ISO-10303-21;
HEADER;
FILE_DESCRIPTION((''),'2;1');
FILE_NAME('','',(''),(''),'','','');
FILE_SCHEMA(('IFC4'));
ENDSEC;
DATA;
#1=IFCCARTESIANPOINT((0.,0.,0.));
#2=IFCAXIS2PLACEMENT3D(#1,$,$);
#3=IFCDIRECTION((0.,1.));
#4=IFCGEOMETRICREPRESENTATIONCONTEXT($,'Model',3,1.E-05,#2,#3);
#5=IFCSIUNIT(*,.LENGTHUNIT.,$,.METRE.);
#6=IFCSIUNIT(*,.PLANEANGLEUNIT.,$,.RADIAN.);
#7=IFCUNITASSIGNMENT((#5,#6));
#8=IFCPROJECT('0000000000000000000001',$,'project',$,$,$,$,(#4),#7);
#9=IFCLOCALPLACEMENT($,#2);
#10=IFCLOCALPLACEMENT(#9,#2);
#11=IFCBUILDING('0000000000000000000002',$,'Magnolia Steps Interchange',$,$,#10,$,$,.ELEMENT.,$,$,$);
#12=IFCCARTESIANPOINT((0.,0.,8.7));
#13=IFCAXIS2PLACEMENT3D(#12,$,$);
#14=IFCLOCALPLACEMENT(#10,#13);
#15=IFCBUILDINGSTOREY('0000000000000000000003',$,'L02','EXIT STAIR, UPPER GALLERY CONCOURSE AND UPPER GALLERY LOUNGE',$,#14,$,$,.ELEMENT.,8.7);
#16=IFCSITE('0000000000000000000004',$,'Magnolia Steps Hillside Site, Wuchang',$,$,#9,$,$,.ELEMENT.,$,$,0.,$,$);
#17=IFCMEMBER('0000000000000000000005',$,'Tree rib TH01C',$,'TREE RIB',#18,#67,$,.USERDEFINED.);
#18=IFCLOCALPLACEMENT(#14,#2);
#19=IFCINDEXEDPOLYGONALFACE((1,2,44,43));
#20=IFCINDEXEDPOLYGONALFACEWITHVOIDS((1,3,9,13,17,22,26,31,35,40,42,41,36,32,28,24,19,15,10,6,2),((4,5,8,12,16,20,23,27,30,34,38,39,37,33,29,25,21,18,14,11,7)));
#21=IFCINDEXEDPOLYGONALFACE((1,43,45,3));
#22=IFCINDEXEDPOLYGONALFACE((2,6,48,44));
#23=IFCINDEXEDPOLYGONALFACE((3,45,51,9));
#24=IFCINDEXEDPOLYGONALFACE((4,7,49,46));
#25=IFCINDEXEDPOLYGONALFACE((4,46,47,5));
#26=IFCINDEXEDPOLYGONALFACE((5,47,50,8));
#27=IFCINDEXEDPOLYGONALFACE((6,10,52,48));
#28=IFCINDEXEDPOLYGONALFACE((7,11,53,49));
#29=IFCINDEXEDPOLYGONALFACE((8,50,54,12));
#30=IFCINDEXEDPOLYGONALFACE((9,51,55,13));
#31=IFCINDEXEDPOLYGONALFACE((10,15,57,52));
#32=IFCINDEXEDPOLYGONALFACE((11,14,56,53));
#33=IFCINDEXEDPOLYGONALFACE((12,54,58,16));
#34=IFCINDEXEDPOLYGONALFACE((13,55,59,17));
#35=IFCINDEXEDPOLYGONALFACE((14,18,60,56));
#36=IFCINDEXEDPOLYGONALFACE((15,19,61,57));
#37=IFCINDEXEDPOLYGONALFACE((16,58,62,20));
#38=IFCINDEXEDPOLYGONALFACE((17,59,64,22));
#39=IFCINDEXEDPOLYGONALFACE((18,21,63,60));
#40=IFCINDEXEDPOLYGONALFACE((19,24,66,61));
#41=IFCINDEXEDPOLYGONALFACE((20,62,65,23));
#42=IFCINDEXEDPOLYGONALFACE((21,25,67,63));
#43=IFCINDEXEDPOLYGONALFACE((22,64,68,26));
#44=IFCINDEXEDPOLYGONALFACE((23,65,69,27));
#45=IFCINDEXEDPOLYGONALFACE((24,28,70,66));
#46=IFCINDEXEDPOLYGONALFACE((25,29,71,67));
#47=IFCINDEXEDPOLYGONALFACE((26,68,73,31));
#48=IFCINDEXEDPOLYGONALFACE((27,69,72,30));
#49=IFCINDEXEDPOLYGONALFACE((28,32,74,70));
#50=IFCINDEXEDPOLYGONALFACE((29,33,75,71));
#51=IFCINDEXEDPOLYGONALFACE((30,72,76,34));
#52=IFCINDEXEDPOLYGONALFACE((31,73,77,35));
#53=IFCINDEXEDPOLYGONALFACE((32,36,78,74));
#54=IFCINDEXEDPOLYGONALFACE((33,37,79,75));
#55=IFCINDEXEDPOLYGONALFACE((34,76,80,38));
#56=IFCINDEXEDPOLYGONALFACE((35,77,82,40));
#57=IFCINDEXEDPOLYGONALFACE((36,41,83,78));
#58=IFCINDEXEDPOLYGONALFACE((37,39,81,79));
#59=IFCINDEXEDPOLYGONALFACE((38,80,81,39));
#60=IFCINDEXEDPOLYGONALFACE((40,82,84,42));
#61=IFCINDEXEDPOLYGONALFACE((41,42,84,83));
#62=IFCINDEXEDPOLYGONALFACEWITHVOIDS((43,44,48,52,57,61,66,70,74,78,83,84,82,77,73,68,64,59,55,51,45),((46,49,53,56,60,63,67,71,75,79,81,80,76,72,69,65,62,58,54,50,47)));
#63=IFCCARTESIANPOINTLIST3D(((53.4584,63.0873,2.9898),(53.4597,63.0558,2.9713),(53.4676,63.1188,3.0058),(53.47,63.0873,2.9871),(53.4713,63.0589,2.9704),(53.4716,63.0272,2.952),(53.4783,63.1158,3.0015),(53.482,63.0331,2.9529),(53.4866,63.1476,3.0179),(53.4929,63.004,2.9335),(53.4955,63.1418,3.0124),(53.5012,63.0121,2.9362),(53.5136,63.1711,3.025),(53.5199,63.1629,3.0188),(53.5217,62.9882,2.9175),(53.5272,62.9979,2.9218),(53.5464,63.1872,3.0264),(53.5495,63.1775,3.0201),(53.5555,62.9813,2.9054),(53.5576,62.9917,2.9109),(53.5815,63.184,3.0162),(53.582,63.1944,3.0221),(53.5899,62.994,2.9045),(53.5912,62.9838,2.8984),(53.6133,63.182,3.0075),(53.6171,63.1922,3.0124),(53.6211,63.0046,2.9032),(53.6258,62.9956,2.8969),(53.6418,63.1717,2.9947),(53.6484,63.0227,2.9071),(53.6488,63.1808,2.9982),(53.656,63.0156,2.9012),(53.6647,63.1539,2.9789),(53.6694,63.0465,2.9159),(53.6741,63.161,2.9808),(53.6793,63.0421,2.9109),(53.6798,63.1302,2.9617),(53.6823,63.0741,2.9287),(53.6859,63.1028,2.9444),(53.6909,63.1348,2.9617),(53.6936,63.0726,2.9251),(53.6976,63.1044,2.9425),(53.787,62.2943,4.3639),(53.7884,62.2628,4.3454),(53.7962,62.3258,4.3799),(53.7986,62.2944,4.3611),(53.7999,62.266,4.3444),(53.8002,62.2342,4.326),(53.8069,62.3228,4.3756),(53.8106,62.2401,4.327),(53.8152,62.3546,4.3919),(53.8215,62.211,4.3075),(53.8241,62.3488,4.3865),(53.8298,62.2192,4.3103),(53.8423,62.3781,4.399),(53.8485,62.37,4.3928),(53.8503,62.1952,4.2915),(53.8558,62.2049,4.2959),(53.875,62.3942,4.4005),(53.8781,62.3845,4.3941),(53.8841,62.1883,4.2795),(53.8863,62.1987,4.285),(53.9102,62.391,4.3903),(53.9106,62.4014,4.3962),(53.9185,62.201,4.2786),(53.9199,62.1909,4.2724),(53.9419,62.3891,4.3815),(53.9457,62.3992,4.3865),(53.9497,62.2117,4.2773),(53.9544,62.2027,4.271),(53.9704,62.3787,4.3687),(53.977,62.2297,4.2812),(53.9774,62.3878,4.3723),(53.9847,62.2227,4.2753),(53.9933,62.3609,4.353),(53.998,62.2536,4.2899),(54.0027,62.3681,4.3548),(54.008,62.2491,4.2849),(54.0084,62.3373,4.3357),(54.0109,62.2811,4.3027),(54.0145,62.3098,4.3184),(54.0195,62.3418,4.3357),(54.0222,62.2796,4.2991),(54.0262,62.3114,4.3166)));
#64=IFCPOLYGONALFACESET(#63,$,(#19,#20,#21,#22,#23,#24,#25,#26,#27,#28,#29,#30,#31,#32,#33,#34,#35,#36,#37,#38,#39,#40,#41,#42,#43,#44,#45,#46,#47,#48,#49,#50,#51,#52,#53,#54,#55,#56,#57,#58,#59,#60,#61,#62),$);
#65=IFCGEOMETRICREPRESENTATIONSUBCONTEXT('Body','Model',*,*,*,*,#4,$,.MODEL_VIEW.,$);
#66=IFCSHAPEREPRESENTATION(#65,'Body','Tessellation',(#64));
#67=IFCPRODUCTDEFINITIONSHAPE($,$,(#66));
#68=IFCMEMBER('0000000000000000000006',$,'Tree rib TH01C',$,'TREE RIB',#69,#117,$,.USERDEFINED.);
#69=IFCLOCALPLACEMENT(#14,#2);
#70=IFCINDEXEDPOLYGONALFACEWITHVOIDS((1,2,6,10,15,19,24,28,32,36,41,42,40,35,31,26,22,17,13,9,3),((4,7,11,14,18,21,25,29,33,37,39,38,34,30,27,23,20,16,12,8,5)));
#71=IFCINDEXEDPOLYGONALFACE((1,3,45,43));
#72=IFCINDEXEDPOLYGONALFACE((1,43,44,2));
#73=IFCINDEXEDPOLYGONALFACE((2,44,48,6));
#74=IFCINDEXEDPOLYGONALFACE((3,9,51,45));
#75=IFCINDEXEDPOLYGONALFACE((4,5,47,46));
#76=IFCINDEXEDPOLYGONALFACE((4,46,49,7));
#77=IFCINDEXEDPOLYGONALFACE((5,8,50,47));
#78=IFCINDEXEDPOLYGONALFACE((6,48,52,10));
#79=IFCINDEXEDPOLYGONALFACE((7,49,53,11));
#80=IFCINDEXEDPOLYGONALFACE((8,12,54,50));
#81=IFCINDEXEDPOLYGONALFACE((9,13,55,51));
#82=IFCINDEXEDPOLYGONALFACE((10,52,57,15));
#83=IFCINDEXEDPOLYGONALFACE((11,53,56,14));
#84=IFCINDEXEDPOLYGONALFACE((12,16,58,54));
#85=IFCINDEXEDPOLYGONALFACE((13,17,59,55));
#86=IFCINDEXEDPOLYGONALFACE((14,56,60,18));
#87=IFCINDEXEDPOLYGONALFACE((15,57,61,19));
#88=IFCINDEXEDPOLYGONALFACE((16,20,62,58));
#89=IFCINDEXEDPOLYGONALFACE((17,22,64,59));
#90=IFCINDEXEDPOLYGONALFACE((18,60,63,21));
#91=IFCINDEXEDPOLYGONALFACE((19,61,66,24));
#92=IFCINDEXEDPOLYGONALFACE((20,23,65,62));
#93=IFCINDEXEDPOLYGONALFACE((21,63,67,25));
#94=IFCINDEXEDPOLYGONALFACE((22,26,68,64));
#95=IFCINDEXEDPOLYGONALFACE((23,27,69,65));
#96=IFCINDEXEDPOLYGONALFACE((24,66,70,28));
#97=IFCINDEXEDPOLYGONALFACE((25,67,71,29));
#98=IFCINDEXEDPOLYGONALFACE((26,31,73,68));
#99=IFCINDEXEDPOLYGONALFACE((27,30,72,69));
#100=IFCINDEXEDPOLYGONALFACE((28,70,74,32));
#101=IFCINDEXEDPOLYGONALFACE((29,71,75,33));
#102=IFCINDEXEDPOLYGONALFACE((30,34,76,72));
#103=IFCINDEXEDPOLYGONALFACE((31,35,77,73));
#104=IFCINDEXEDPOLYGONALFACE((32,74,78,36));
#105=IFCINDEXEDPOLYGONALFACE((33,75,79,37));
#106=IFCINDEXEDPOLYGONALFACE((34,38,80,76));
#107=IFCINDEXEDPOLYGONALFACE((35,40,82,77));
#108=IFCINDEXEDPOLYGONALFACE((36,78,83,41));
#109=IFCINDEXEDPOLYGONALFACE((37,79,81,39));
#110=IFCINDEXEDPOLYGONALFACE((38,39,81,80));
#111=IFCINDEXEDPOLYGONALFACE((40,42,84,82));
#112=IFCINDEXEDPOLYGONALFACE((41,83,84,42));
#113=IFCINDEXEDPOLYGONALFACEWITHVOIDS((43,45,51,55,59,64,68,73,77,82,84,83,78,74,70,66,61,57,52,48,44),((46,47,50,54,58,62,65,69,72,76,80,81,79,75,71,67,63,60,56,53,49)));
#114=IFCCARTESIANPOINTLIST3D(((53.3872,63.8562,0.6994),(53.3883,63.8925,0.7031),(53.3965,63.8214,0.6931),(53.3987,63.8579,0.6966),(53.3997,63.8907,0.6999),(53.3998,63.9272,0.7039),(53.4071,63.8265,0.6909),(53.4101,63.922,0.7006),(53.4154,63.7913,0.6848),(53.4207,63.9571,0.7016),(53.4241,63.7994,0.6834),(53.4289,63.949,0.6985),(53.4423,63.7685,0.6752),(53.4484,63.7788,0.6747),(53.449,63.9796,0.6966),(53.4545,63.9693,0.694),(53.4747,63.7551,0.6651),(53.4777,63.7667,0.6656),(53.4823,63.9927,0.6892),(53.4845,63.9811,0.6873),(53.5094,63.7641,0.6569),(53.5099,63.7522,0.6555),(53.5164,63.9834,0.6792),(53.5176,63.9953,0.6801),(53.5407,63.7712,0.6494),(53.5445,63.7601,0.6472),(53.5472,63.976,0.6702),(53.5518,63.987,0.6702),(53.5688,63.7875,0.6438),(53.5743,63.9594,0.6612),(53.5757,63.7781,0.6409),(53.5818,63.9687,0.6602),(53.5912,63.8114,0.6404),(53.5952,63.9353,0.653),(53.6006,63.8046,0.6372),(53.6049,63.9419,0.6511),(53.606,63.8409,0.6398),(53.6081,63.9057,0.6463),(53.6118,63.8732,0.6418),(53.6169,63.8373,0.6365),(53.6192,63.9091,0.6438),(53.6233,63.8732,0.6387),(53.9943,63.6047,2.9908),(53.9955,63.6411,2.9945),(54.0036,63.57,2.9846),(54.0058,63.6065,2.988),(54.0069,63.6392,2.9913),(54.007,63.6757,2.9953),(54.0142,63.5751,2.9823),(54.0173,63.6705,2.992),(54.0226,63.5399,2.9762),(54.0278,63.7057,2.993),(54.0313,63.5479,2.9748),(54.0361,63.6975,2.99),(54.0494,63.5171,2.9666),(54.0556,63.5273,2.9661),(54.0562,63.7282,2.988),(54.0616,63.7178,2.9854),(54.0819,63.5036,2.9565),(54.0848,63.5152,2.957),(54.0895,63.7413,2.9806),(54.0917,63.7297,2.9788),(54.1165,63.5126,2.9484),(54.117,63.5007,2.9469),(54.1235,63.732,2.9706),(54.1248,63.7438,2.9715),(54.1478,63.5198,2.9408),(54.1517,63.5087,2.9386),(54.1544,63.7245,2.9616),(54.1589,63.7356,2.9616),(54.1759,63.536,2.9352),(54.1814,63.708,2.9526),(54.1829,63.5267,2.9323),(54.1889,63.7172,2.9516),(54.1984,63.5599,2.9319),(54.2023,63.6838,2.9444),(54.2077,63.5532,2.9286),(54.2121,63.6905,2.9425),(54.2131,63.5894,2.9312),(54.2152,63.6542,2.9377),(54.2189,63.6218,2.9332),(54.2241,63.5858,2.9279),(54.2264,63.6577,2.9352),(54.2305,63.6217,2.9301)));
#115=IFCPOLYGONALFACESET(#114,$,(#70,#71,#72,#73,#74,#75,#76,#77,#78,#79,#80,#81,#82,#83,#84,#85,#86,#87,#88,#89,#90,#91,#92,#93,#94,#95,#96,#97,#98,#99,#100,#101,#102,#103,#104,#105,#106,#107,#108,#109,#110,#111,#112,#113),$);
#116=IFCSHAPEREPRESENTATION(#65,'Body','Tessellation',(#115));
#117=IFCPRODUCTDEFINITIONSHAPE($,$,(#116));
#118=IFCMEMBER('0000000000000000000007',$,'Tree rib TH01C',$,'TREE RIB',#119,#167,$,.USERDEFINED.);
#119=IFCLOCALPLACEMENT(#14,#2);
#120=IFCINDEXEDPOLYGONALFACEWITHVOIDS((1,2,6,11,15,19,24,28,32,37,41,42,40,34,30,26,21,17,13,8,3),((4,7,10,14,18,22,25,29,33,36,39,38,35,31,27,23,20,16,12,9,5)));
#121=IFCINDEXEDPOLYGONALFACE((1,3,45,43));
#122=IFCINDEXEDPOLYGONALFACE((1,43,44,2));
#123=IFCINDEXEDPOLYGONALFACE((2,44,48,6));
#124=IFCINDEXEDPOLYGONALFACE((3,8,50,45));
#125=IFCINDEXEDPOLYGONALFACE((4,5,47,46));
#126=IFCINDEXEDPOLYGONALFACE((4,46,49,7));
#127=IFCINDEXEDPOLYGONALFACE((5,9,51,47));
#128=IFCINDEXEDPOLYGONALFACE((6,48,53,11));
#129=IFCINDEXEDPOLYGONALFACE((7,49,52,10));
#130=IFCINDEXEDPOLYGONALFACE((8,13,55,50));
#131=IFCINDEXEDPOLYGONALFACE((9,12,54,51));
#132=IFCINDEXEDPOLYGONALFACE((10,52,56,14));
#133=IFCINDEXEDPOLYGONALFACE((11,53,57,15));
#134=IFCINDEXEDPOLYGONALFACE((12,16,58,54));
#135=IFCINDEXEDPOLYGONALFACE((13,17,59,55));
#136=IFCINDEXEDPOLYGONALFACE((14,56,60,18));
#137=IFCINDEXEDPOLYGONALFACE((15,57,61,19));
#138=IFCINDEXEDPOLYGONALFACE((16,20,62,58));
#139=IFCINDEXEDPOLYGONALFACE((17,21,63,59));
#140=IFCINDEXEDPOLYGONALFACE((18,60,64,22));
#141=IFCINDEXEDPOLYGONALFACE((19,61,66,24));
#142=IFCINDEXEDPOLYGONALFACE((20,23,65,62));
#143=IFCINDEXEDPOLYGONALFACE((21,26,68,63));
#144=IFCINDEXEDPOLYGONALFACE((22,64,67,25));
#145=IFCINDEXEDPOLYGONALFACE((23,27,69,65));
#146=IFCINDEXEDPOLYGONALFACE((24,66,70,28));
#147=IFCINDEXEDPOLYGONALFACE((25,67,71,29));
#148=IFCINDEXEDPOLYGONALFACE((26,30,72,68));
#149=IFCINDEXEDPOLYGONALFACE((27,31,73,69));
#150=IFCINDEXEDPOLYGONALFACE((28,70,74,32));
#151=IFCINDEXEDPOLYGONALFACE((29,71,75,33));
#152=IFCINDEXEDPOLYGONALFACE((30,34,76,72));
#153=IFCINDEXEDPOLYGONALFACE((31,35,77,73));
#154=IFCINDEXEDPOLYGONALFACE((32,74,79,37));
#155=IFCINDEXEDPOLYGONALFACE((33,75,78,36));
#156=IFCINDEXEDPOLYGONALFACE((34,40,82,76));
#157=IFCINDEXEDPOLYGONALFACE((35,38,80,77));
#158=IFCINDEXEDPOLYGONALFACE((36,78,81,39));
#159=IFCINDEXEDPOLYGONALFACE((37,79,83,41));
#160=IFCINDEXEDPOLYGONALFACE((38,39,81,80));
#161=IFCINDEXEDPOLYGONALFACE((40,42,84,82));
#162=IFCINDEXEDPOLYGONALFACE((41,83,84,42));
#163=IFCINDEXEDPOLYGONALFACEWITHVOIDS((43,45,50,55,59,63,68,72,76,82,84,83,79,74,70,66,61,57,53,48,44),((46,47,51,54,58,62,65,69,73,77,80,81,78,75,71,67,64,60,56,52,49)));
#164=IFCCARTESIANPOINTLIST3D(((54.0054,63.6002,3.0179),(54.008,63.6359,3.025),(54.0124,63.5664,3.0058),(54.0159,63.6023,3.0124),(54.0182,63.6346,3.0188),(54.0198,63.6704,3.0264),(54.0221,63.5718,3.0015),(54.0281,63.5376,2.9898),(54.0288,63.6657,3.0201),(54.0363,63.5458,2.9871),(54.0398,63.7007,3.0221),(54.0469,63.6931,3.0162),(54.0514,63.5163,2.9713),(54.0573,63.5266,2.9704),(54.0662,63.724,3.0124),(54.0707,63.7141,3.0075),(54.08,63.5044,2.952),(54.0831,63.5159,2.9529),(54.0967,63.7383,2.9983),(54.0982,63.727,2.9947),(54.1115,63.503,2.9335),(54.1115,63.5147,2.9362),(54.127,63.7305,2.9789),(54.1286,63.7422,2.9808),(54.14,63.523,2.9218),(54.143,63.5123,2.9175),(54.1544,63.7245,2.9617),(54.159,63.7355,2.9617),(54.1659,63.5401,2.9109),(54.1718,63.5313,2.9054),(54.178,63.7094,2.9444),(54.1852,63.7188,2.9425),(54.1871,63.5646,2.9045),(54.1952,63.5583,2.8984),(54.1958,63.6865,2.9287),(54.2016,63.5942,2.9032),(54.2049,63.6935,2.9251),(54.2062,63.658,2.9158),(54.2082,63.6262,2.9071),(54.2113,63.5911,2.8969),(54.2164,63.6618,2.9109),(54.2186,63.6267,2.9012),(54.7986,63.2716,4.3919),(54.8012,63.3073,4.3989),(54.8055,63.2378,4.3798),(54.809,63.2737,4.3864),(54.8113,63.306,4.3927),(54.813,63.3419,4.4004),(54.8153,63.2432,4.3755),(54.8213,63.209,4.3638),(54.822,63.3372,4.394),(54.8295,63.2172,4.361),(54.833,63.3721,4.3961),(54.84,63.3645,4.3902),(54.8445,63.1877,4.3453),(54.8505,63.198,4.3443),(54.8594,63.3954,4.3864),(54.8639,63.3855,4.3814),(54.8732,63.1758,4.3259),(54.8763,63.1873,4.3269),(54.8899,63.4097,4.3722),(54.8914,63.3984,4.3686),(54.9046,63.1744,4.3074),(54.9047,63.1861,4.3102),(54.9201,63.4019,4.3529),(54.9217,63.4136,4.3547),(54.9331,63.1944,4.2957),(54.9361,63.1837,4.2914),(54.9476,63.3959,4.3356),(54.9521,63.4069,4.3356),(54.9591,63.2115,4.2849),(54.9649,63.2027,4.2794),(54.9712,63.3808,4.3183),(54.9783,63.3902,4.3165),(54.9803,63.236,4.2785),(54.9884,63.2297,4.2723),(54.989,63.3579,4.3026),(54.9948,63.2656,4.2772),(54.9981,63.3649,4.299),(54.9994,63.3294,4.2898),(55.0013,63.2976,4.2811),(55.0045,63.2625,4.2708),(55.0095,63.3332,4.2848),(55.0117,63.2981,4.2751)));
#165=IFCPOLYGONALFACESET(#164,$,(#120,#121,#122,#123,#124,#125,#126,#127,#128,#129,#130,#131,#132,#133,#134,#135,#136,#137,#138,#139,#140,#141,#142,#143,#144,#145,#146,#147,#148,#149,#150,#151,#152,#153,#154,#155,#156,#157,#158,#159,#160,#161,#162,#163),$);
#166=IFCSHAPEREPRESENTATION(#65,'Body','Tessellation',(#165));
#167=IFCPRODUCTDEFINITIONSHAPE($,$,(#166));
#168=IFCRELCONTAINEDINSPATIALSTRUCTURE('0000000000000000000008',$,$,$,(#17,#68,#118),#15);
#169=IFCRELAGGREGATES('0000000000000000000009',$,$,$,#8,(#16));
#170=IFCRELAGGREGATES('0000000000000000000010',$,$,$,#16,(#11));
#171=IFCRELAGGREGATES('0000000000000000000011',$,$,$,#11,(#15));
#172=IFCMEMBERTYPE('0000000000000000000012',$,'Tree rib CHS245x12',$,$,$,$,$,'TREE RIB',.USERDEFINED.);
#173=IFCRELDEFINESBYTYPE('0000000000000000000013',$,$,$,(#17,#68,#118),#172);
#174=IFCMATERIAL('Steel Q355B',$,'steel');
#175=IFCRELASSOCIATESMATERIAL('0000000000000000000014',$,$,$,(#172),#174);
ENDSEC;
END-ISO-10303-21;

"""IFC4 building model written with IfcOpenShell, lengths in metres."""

from ifc_helpers import new_model, si_unit, direction, frame, origin, origin_2d, place, context, subcontext, project, spatial, hollow_circle, extrude, material, material_profile, profile_set, type_object, element, save


model = new_model("IFC4")

# Units and contexts
model_context = context("Model", 3, precision=1e-05, world=origin(), true_north=direction((0.0, 1.0)))
body_context = subcontext(model_context, "Body", "Model", "MODEL_VIEW")
ifc_project = project(units=[si_unit("LENGTHUNIT", "METRE"), si_unit("PLANEANGLEUNIT", "RADIAN")], contexts=[model_context])

# Site, building, storey
site_placement = place(None, origin())
site = spatial("IfcSite", under=ifc_project, at=site_placement, Name="Magnolia Steps Hillside Site, Wuchang", CompositionType="ELEMENT", RefElevation=0.0)
building_placement = place(site_placement, origin())
building = spatial("IfcBuilding", under=site, at=building_placement, Name="Magnolia Steps Interchange", CompositionType="ELEMENT")
storey_placement = place(building_placement, frame((0.0, 0.0, 8.7)))
storey = spatial("IfcBuildingStorey", under=building, at=storey_placement, Name="L02", Description="EXIT STAIR, UPPER GALLERY CONCOURSE AND UPPER GALLERY LOUNGE", CompositionType="ELEMENT", Elevation=8.7)

# Members
ifc_material_1 = material(Name="Steel Q355B", Category="steel")
ifc_material_profile_1 = material_profile(ifc_material_1, hollow_circle(Radius=0.1226, WallThickness=0.012, at=origin_2d()), Name="CHS245x12")
ifc_profile_set_1 = profile_set([ifc_material_profile_1], Name="Steel Q355B")
member_type = type_object("IfcMemberType", Name="Tree rib CHS245x12", ElementType="TREE RIB", PredefinedType="USERDEFINED", material=ifc_profile_set_1)
member_1_placement = place(storey_placement, frame((53.5776, 63.0879, 2.9617), z_axis=(0.202835, -0.489456, 0.84811), x_axis=(0.923816, 0.382837, 0.0)))
element("IfcMember", 1, at=member_1_placement, inside=storey, type_object=member_type, Name="Tree rib TH01C", ObjectType="TREE RIB", PredefinedType="USERDEFINED", context=body_context, shape_type="SweptSolid", body=[
    extrude(hollow_circle(Radius=0.1226, WallThickness=0.012, at=origin_2d()), origin(), (0.0, 0.0, 1.0), 1.6201),
])
member_2_placement = place(storey_placement, frame((53.5049, 63.8738, 0.6702), z_axis=(0.254701, -0.105485, 0.961249), x_axis=(0.382636, 0.923899, 0.0)))
element("IfcMember", 2, at=member_2_placement, inside=storey, type_object=member_type, Name="Tree rib TH01C", ObjectType="TREE RIB", PredefinedType="USERDEFINED", context=body_context, shape_type="SweptSolid", body=[
    extrude(hollow_circle(Radius=0.1226, WallThickness=0.012, at=origin_2d()), origin(), (0.0, 0.0, 1.0), 2.3838),
])
member_3_placement = place(storey_placement, frame((54.1121, 63.6223, 2.9617), z_axis=(0.489571, -0.20282, 0.848047), x_axis=(0.382737, 0.923857, 0.0)))
element("IfcMember", 3, at=member_3_placement, inside=storey, type_object=member_type, Name="Tree rib TH01C", ObjectType="TREE RIB", PredefinedType="USERDEFINED", context=body_context, shape_type="SweptSolid", body=[
    extrude(hollow_circle(Radius=0.1226, WallThickness=0.012, at=origin_2d()), origin(), (0.0, 0.0, 1.0), 1.6201),
])

save(model, "model.ifc")
